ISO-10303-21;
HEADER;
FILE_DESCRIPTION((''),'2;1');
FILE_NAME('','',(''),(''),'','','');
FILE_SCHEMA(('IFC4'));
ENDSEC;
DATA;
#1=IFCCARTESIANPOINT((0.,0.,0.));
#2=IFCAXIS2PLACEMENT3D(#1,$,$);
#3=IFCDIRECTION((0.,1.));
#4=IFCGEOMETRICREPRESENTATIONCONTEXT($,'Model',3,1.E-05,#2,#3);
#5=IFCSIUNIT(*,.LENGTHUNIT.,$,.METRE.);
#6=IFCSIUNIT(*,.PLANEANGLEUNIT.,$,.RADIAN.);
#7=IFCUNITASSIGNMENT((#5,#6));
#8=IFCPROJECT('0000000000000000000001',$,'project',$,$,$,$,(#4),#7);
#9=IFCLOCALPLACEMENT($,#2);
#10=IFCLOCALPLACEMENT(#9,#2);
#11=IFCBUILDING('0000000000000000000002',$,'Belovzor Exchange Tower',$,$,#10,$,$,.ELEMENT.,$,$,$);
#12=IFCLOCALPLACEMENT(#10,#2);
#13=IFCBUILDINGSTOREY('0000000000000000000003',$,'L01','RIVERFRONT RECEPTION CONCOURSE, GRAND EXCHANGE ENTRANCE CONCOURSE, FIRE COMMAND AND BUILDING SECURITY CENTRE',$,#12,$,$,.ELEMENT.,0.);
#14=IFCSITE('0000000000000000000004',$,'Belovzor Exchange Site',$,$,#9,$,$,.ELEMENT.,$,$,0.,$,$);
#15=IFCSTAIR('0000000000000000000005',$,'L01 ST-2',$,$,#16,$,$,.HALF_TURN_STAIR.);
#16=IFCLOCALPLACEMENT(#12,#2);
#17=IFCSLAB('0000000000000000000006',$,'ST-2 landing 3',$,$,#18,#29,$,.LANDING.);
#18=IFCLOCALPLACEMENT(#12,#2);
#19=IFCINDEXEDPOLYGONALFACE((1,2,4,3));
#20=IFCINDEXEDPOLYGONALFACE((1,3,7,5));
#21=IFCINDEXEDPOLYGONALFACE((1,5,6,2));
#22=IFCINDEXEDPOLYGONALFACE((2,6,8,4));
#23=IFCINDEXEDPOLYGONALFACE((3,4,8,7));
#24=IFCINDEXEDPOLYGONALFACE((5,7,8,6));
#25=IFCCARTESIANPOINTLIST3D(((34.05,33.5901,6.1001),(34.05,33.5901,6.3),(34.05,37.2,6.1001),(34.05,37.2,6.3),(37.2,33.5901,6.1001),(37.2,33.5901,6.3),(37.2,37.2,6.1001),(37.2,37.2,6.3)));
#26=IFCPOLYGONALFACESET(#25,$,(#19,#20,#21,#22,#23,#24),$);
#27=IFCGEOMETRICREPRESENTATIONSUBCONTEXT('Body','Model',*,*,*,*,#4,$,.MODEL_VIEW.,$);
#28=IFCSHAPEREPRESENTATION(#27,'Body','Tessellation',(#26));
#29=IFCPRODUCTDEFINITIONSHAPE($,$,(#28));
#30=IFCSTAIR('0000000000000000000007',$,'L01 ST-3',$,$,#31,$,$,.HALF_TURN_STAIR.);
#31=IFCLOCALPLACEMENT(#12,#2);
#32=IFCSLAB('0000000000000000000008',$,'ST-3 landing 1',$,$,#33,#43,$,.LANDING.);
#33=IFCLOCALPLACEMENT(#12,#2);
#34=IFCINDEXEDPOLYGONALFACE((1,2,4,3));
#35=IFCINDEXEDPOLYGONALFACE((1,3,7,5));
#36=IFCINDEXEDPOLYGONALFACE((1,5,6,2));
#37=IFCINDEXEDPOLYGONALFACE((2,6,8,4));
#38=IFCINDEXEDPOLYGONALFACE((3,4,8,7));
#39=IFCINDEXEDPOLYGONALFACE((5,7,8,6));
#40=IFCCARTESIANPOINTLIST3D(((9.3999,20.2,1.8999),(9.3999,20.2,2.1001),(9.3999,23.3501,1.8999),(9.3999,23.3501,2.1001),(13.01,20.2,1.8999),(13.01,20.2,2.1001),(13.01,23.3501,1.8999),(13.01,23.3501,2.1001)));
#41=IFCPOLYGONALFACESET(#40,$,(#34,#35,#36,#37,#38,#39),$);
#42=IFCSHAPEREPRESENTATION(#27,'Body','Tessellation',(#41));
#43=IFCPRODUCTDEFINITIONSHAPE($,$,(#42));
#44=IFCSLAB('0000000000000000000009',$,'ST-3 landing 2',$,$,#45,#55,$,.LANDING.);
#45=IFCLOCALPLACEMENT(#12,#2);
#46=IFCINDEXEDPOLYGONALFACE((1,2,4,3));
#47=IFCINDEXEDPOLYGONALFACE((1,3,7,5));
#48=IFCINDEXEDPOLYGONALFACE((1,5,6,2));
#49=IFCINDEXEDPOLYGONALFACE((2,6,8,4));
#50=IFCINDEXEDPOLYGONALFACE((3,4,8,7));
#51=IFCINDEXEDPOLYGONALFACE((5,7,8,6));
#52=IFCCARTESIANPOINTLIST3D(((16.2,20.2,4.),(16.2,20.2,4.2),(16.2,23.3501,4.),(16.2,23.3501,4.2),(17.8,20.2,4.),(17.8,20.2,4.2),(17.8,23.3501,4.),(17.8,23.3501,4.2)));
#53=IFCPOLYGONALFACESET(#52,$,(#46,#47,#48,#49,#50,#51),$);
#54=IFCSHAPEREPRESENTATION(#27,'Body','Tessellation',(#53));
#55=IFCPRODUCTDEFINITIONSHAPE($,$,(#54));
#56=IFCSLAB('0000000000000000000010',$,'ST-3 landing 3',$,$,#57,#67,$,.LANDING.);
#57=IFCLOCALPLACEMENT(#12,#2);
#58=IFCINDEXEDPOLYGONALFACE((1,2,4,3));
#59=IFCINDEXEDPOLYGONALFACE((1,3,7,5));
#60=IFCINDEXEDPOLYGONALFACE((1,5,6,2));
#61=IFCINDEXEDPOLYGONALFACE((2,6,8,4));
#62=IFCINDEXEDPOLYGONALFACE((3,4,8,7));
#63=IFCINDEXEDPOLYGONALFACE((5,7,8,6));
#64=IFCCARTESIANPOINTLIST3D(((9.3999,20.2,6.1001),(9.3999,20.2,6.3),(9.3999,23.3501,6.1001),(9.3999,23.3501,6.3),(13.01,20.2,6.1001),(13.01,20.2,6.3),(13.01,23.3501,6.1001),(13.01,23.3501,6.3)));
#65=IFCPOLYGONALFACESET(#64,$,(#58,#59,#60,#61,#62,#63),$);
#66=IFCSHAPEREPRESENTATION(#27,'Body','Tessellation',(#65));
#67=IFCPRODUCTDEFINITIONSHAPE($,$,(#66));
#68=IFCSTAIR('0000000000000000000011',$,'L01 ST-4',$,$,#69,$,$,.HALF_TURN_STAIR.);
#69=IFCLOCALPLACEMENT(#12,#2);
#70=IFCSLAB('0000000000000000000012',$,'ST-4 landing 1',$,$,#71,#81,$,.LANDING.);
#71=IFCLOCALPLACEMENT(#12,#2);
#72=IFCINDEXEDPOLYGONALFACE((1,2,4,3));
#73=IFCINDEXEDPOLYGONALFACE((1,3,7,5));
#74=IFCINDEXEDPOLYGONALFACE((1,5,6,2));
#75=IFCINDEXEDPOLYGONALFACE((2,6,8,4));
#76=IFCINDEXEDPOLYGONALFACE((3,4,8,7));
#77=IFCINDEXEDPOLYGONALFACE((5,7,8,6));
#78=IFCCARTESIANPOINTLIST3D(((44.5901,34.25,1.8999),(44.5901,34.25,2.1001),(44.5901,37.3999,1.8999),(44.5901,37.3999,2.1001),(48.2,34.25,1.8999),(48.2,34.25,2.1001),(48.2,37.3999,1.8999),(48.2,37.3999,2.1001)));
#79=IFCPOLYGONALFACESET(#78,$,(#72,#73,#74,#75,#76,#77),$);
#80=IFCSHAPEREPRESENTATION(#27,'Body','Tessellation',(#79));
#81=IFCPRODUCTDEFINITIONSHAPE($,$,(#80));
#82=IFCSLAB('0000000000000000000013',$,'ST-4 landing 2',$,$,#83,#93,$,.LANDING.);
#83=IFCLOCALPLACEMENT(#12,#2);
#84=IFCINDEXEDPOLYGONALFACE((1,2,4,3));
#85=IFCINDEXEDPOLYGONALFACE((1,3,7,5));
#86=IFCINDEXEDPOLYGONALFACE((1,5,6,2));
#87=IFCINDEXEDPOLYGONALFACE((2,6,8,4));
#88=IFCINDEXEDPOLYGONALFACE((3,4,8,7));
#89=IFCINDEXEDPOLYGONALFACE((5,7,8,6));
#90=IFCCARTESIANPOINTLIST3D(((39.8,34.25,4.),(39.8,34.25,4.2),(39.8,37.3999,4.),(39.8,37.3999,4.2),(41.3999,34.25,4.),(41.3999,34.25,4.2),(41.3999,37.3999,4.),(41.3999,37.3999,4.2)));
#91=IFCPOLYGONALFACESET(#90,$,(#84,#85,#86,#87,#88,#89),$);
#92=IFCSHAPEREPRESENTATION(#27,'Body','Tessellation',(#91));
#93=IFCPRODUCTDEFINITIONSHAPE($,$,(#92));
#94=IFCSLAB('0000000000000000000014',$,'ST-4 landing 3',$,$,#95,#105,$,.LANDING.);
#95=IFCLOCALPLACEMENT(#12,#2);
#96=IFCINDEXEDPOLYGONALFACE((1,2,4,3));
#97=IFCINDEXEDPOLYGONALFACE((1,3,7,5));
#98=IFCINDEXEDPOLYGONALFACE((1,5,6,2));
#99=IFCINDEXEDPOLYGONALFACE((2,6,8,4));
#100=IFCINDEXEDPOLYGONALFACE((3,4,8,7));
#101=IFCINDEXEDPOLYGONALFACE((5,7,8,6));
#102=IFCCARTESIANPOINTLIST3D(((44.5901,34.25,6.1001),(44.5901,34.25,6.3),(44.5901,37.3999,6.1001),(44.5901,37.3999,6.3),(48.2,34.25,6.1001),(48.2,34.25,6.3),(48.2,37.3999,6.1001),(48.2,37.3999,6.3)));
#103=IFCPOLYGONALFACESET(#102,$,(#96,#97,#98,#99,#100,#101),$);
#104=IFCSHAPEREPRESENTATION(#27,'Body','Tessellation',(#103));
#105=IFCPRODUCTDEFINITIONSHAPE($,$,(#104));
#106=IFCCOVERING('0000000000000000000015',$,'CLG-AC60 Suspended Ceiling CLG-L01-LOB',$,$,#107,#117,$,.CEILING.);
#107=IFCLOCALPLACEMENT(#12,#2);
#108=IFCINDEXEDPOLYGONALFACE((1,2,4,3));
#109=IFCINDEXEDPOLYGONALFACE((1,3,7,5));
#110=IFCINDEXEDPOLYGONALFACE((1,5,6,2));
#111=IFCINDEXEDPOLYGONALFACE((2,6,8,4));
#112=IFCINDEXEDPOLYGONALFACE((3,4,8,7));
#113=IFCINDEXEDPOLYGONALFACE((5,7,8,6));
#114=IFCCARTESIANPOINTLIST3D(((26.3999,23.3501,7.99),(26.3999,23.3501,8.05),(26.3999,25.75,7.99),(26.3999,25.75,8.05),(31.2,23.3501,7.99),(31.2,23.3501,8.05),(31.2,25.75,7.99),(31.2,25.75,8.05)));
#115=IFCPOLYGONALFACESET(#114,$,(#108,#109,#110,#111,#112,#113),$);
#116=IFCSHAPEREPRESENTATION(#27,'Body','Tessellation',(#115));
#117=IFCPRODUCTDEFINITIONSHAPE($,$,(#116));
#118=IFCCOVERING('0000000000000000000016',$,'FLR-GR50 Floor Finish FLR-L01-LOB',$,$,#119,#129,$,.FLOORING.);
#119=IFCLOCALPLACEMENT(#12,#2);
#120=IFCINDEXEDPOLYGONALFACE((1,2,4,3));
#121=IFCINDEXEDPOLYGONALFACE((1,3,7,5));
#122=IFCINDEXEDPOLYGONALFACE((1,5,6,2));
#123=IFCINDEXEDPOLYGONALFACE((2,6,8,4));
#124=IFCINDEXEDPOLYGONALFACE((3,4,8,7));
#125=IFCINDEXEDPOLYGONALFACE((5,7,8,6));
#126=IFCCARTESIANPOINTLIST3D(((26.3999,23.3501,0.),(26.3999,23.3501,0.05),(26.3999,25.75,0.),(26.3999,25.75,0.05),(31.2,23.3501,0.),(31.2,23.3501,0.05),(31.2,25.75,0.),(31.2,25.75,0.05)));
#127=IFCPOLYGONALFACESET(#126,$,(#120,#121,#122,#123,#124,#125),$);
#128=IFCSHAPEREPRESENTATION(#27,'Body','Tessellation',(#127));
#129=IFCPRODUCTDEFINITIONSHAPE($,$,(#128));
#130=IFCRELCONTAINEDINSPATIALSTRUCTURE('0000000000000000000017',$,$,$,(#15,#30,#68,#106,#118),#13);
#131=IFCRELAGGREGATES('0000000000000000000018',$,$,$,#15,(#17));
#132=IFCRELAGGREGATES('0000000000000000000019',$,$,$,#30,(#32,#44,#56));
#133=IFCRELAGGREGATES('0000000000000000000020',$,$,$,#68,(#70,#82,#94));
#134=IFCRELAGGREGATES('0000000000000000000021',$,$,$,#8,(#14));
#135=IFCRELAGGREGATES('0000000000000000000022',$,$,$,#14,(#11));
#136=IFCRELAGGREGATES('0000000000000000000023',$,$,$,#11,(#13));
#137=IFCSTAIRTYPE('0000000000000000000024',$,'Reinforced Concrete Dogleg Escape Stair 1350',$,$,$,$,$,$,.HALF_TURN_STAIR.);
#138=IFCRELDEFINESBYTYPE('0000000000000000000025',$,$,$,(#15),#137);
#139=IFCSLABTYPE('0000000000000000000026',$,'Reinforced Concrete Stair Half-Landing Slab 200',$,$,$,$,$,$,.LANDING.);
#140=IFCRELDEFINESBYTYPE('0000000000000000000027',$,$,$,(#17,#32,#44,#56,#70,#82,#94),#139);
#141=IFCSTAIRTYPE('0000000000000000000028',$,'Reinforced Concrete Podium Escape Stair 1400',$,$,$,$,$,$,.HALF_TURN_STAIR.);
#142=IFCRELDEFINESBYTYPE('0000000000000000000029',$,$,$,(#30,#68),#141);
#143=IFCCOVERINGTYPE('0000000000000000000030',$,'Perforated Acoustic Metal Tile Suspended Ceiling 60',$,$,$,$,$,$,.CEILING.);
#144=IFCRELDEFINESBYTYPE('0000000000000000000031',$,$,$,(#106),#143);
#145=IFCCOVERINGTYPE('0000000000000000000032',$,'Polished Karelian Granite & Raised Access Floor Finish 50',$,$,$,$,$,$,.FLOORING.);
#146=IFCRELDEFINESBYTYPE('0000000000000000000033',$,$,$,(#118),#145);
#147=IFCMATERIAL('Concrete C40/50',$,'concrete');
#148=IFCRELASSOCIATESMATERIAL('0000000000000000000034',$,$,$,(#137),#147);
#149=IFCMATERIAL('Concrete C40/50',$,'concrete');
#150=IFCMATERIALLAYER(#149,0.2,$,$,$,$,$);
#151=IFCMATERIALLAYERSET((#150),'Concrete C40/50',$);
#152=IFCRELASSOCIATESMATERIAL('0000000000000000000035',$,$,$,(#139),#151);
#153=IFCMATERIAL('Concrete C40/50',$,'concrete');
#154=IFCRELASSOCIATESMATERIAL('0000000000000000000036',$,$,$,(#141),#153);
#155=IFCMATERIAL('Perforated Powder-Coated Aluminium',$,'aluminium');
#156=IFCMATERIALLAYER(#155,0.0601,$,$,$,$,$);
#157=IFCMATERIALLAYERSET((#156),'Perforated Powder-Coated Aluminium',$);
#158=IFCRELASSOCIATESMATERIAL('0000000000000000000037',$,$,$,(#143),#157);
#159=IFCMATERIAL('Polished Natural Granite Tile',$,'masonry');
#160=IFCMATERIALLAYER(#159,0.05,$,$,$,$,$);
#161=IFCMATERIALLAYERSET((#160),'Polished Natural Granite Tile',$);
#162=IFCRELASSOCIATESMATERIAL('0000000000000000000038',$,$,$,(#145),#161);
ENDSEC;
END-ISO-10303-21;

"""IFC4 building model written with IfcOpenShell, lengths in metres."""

from ifc_helpers import new_model, si_unit, direction, frame, origin, place, context, subcontext, project, spatial, polyline, outline, extrude, material, layer, layer_set, type_object, element, aggregate, save


model = new_model("IFC4")

# Units and contexts
model_context = context("Model", 3, precision=1e-05, world=origin(), true_north=direction((0.0, 1.0)))
body_context = subcontext(model_context, "Body", "Model", "MODEL_VIEW")
ifc_project = project(units=[si_unit("LENGTHUNIT", "METRE"), si_unit("PLANEANGLEUNIT", "RADIAN")], contexts=[model_context])

# Site, building, storey
site_placement = place(None, origin())
site = spatial("IfcSite", under=ifc_project, at=site_placement, Name="Belovzor Exchange Site", CompositionType="ELEMENT", RefElevation=0.0)
building_placement = place(site_placement, origin())
building = spatial("IfcBuilding", under=site, at=building_placement, Name="Belovzor Exchange Tower", CompositionType="ELEMENT")
storey_placement = place(building_placement, origin())
storey = spatial("IfcBuildingStorey", under=building, at=storey_placement, Name="L01", Description="RIVERFRONT RECEPTION CONCOURSE, GRAND EXCHANGE ENTRANCE CONCOURSE, FIRE COMMAND AND BUILDING SECURITY CENTRE", CompositionType="ELEMENT", Elevation=0.0)

# Stairs, slabs
ifc_material_1 = material(Name="Concrete C40/50", Category="concrete")
stair_type_1 = type_object("IfcStairType", Name="Reinforced Concrete Dogleg Escape Stair 1350", PredefinedType="HALF_TURN_STAIR", material=ifc_material_1)
ifc_material_2 = material(Name="Concrete C40/50", Category="concrete")
ifc_layer_1 = layer(ifc_material_2, 0.2)
ifc_layer_set_1 = layer_set([ifc_layer_1], Name="Concrete C40/50")
slab_type_1 = type_object("IfcSlabType", Name="Reinforced Concrete Stair Half-Landing Slab 200", PredefinedType="LANDING", material=ifc_layer_set_1)
stair_1_placement = place(storey_placement, origin())
stair_1 = element("IfcStair", 1, at=stair_1_placement, inside=storey, type_object=stair_type_1, Name="L01 ST-2", PredefinedType="HALF_TURN_STAIR")
slab_1_placement = place(storey_placement, frame((0.0, 0.0, 6.1001)))
slab_1 = element("IfcSlab", 2, at=slab_1_placement, type_object=slab_type_1, Name="ST-2 landing 3", PredefinedType="LANDING", context=body_context, shape_type="SweptSolid", body=[
    extrude(outline(polyline([(37.2, 33.5901), (37.2, 37.2), (34.05, 37.2), (34.05, 33.5901), (37.2, 33.5901)])), origin(), (0.0, 0.0, 1.0), 0.2),
])
aggregate(stair_1, [slab_1])
ifc_material_3 = material(Name="Concrete C40/50", Category="concrete")
stair_type_2 = type_object("IfcStairType", Name="Reinforced Concrete Podium Escape Stair 1400", PredefinedType="HALF_TURN_STAIR", material=ifc_material_3)
stair_2_placement = place(storey_placement, origin())
stair_2 = element("IfcStair", 3, at=stair_2_placement, inside=storey, type_object=stair_type_2, Name="L01 ST-3", PredefinedType="HALF_TURN_STAIR")
slab_2_placement = place(storey_placement, frame((0.0, 0.0, 1.8999)))
slab_2 = element("IfcSlab", 4, at=slab_2_placement, type_object=slab_type_1, Name="ST-3 landing 1", PredefinedType="LANDING", context=body_context, shape_type="SweptSolid", body=[
    extrude(outline(polyline([(13.01, 23.3501), (9.3999, 23.3501), (9.3999, 20.2), (13.01, 20.2), (13.01, 23.3501)])), origin(), (0.0, 0.0, 1.0), 0.2002),
])
slab_3_placement = place(storey_placement, frame((0.0, 0.0, 4.0)))
slab_3 = element("IfcSlab", 5, at=slab_3_placement, type_object=slab_type_1, Name="ST-3 landing 2", PredefinedType="LANDING", context=body_context, shape_type="SweptSolid", body=[
    extrude(outline(polyline([(17.8, 23.3501), (16.2, 23.3501), (16.2, 20.2), (17.8, 20.2), (17.8, 23.3501)])), origin(), (0.0, 0.0, 1.0), 0.2),
])
slab_4_placement = place(storey_placement, frame((0.0, 0.0, 6.1001)))
slab_4 = element("IfcSlab", 6, at=slab_4_placement, type_object=slab_type_1, Name="ST-3 landing 3", PredefinedType="LANDING", context=body_context, shape_type="SweptSolid", body=[
    extrude(outline(polyline([(13.01, 23.3501), (9.3999, 23.3501), (9.3999, 20.2), (13.01, 20.2), (13.01, 23.3501)])), origin(), (0.0, 0.0, 1.0), 0.2),
])
aggregate(stair_2, [slab_2, slab_3, slab_4])
stair_3_placement = place(storey_placement, origin())
stair_3 = element("IfcStair", 7, at=stair_3_placement, inside=storey, type_object=stair_type_2, Name="L01 ST-4", PredefinedType="HALF_TURN_STAIR")
slab_5_placement = place(storey_placement, frame((0.0, 0.0, 1.8999)))
slab_5 = element("IfcSlab", 8, at=slab_5_placement, type_object=slab_type_1, Name="ST-4 landing 1", PredefinedType="LANDING", context=body_context, shape_type="SweptSolid", body=[
    extrude(outline(polyline([(44.5901, 34.25), (48.2, 34.25), (48.2, 37.3999), (44.5901, 37.3999), (44.5901, 34.25)])), origin(), (0.0, 0.0, 1.0), 0.2002),
])
slab_6_placement = place(storey_placement, frame((0.0, 0.0, 4.0)))
slab_6 = element("IfcSlab", 9, at=slab_6_placement, type_object=slab_type_1, Name="ST-4 landing 2", PredefinedType="LANDING", context=body_context, shape_type="SweptSolid", body=[
    extrude(outline(polyline([(39.8, 34.25), (41.3999, 34.25), (41.3999, 37.3999), (39.8, 37.3999), (39.8, 34.25)])), origin(), (0.0, 0.0, 1.0), 0.2),
])
slab_7_placement = place(storey_placement, frame((0.0, 0.0, 6.1001)))
slab_7 = element("IfcSlab", 10, at=slab_7_placement, type_object=slab_type_1, Name="ST-4 landing 3", PredefinedType="LANDING", context=body_context, shape_type="SweptSolid", body=[
    extrude(outline(polyline([(44.5901, 34.25), (48.2, 34.25), (48.2, 37.3999), (44.5901, 37.3999), (44.5901, 34.25)])), origin(), (0.0, 0.0, 1.0), 0.2),
])
aggregate(stair_3, [slab_5, slab_6, slab_7])

# Coverings
ifc_material_4 = material(Name="Perforated Powder-Coated Aluminium", Category="aluminium")
ifc_layer_2 = layer(ifc_material_4, 0.0601)
ifc_layer_set_2 = layer_set([ifc_layer_2], Name="Perforated Powder-Coated Aluminium")
covering_type_1 = type_object("IfcCoveringType", Name="Perforated Acoustic Metal Tile Suspended Ceiling 60", PredefinedType="CEILING", material=ifc_layer_set_2)
covering_1_placement = place(storey_placement, frame((0.0, 0.0, 7.99)))
element("IfcCovering", 11, at=covering_1_placement, inside=storey, type_object=covering_type_1, Name="CLG-AC60 Suspended Ceiling CLG-L01-LOB", PredefinedType="CEILING", context=body_context, shape_type="SweptSolid", body=[
    extrude(outline(polyline([(26.3999, 23.3501), (31.2, 23.3501), (31.2, 25.75), (26.3999, 25.75), (26.3999, 23.3501)])), origin(), (0.0, 0.0, 1.0), 0.0601),
])
ifc_material_5 = material(Name="Polished Natural Granite Tile", Category="masonry")
ifc_layer_3 = layer(ifc_material_5, 0.05)
ifc_layer_set_3 = layer_set([ifc_layer_3], Name="Polished Natural Granite Tile")
covering_type_2 = type_object("IfcCoveringType", Name="Polished Karelian Granite & Raised Access Floor Finish 50", PredefinedType="FLOORING", material=ifc_layer_set_3)
covering_2_placement = place(storey_placement, origin())
element("IfcCovering", 12, at=covering_2_placement, inside=storey, type_object=covering_type_2, Name="FLR-GR50 Floor Finish FLR-L01-LOB", PredefinedType="FLOORING", context=body_context, shape_type="SweptSolid", body=[
    extrude(outline(polyline([(26.3999, 23.3501), (31.2, 23.3501), (31.2, 25.75), (26.3999, 25.75), (26.3999, 23.3501)])), origin(), (0.0, 0.0, 1.0), 0.05),
])

save(model, "model.ifc")
